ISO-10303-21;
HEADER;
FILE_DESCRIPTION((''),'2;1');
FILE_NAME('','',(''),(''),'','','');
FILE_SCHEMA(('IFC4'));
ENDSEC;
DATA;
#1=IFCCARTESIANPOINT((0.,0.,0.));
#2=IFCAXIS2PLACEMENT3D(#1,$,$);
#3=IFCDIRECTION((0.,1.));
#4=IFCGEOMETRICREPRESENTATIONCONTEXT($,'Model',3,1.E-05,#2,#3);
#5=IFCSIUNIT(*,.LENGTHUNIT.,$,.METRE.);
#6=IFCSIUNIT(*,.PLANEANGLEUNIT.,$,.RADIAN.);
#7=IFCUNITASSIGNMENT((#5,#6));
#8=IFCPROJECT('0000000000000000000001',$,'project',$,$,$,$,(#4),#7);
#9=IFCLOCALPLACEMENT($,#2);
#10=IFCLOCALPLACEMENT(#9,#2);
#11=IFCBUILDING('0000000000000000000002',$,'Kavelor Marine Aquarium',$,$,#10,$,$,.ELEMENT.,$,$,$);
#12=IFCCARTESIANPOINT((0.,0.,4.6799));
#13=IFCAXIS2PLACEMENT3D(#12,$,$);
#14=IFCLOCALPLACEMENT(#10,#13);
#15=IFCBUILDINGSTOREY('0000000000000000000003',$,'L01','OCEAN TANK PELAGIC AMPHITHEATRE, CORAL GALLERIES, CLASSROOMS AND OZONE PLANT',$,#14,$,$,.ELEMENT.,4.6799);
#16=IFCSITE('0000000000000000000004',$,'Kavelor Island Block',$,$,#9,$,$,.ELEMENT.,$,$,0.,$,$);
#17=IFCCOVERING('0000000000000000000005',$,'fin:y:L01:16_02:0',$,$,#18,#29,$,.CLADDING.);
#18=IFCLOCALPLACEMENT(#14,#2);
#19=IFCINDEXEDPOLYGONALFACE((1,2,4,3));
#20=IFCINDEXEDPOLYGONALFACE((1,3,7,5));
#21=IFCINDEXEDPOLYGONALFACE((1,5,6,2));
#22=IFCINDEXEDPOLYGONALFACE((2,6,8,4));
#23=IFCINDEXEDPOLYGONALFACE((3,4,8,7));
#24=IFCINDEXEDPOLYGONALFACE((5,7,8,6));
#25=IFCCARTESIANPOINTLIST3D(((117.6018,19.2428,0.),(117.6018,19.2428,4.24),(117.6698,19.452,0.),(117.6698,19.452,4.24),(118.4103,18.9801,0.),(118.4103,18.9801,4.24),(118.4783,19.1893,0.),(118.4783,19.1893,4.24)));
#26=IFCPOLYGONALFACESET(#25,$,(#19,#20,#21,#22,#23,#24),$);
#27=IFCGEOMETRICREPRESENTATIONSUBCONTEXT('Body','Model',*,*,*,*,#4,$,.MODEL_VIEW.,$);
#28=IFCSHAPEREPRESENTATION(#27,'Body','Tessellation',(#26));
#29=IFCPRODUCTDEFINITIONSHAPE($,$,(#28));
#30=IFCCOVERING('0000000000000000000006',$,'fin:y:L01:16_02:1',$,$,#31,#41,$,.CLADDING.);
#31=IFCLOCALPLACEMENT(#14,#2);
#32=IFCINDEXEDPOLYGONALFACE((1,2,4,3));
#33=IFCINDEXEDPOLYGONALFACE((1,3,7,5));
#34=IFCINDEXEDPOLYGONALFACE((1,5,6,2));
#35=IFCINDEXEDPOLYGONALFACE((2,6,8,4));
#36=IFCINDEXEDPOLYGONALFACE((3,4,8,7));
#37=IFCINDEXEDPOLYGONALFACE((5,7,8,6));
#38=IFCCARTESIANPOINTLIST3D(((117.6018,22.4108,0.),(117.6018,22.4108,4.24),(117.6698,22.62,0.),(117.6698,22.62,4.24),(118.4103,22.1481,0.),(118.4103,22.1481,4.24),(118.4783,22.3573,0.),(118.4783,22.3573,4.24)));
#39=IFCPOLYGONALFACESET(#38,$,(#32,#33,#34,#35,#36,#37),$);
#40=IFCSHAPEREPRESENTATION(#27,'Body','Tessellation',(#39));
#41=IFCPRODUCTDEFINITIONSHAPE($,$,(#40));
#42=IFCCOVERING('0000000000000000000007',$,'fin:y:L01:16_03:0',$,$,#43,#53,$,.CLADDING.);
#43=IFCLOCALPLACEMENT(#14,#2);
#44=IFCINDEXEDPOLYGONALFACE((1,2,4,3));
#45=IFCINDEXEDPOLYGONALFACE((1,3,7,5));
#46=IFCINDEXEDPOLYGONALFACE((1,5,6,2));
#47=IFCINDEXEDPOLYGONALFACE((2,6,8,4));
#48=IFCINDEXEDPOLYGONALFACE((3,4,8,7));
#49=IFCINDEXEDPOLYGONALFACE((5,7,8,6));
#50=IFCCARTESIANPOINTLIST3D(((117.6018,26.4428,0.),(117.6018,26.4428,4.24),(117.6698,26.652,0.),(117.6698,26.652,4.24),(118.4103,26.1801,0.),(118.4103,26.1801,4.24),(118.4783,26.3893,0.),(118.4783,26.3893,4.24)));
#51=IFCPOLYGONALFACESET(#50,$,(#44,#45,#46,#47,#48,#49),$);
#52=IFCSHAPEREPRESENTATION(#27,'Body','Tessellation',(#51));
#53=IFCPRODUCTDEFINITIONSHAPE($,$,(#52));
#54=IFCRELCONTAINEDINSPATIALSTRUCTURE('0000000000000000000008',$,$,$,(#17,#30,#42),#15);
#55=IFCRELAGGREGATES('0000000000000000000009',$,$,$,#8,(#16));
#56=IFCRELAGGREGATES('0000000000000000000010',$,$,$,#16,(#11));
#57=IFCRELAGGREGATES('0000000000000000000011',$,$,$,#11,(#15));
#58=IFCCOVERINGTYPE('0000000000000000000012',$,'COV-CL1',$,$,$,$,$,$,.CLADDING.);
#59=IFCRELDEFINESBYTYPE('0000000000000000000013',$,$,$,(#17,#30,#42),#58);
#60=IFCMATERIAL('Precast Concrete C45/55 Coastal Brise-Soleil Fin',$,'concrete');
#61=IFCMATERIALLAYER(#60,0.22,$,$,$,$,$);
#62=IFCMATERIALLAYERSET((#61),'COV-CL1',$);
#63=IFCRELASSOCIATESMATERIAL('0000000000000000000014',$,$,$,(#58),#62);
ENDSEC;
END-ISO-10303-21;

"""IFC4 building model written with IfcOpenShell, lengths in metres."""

from ifc_helpers import new_model, si_unit, direction, frame, origin, origin_2d, place, context, subcontext, project, spatial, rectangle, extrude, material, layer, layer_set, type_object, element, save


model = new_model("IFC4")

# Units and contexts
model_context = context("Model", 3, precision=1e-05, world=origin(), true_north=direction((0.0, 1.0)))
body_context = subcontext(model_context, "Body", "Model", "MODEL_VIEW")
ifc_project = project(units=[si_unit("LENGTHUNIT", "METRE"), si_unit("PLANEANGLEUNIT", "RADIAN")], contexts=[model_context])

# Site, building, storey
site_placement = place(None, origin())
site = spatial("IfcSite", under=ifc_project, at=site_placement, Name="Kavelor Island Block", CompositionType="ELEMENT", RefElevation=0.0)
building_placement = place(site_placement, origin())
building = spatial("IfcBuilding", under=site, at=building_placement, Name="Kavelor Marine Aquarium", CompositionType="ELEMENT")
storey_placement = place(building_placement, frame((0.0, 0.0, 4.6799)))
storey = spatial("IfcBuildingStorey", under=building, at=storey_placement, Name="L01", Description="OCEAN TANK PELAGIC AMPHITHEATRE, CORAL GALLERIES, CLASSROOMS AND OZONE PLANT", CompositionType="ELEMENT", Elevation=4.6799)

# Coverings
ifc_material_1 = material(Name="Precast Concrete C45/55 Coastal Brise-Soleil Fin", Category="concrete")
ifc_layer_1 = layer(ifc_material_1, 0.22)
ifc_layer_set_1 = layer_set([ifc_layer_1], Name="COV-CL1")
covering_type = type_object("IfcCoveringType", Name="COV-CL1", PredefinedType="CLADDING", material=ifc_layer_set_1)
for number, where, z_axis, x_axis, name in (
    (1, (118.04, 19.2161, 0.0), (0.0, 0.0, 1.0), (0.951057, -0.309017, 0.0), "fin:y:L01:16_02:0"),
    (2, (118.04, 22.384, 0.0), (0.0, 0.0, 1.0), (0.951057, -0.309017, 0.0), "fin:y:L01:16_02:1"),
    (3, (118.04, 26.416, 0.0), (0.0, 0.0, 1.0), (0.951057, -0.309017, 0.0), "fin:y:L01:16_03:0"),
):
    element("IfcCovering", number, at=place(storey_placement, frame(where, z_axis=z_axis, x_axis=x_axis)), inside=storey, type_object=covering_type, Name=name, PredefinedType="CLADDING", context=body_context, shape_type="SweptSolid", body=[
        extrude(rectangle(XDim=0.8501, YDim=0.22, at=origin_2d()), origin(), (0.0, 0.0, 1.0), 4.24),
    ])

save(model, "model.ifc")
